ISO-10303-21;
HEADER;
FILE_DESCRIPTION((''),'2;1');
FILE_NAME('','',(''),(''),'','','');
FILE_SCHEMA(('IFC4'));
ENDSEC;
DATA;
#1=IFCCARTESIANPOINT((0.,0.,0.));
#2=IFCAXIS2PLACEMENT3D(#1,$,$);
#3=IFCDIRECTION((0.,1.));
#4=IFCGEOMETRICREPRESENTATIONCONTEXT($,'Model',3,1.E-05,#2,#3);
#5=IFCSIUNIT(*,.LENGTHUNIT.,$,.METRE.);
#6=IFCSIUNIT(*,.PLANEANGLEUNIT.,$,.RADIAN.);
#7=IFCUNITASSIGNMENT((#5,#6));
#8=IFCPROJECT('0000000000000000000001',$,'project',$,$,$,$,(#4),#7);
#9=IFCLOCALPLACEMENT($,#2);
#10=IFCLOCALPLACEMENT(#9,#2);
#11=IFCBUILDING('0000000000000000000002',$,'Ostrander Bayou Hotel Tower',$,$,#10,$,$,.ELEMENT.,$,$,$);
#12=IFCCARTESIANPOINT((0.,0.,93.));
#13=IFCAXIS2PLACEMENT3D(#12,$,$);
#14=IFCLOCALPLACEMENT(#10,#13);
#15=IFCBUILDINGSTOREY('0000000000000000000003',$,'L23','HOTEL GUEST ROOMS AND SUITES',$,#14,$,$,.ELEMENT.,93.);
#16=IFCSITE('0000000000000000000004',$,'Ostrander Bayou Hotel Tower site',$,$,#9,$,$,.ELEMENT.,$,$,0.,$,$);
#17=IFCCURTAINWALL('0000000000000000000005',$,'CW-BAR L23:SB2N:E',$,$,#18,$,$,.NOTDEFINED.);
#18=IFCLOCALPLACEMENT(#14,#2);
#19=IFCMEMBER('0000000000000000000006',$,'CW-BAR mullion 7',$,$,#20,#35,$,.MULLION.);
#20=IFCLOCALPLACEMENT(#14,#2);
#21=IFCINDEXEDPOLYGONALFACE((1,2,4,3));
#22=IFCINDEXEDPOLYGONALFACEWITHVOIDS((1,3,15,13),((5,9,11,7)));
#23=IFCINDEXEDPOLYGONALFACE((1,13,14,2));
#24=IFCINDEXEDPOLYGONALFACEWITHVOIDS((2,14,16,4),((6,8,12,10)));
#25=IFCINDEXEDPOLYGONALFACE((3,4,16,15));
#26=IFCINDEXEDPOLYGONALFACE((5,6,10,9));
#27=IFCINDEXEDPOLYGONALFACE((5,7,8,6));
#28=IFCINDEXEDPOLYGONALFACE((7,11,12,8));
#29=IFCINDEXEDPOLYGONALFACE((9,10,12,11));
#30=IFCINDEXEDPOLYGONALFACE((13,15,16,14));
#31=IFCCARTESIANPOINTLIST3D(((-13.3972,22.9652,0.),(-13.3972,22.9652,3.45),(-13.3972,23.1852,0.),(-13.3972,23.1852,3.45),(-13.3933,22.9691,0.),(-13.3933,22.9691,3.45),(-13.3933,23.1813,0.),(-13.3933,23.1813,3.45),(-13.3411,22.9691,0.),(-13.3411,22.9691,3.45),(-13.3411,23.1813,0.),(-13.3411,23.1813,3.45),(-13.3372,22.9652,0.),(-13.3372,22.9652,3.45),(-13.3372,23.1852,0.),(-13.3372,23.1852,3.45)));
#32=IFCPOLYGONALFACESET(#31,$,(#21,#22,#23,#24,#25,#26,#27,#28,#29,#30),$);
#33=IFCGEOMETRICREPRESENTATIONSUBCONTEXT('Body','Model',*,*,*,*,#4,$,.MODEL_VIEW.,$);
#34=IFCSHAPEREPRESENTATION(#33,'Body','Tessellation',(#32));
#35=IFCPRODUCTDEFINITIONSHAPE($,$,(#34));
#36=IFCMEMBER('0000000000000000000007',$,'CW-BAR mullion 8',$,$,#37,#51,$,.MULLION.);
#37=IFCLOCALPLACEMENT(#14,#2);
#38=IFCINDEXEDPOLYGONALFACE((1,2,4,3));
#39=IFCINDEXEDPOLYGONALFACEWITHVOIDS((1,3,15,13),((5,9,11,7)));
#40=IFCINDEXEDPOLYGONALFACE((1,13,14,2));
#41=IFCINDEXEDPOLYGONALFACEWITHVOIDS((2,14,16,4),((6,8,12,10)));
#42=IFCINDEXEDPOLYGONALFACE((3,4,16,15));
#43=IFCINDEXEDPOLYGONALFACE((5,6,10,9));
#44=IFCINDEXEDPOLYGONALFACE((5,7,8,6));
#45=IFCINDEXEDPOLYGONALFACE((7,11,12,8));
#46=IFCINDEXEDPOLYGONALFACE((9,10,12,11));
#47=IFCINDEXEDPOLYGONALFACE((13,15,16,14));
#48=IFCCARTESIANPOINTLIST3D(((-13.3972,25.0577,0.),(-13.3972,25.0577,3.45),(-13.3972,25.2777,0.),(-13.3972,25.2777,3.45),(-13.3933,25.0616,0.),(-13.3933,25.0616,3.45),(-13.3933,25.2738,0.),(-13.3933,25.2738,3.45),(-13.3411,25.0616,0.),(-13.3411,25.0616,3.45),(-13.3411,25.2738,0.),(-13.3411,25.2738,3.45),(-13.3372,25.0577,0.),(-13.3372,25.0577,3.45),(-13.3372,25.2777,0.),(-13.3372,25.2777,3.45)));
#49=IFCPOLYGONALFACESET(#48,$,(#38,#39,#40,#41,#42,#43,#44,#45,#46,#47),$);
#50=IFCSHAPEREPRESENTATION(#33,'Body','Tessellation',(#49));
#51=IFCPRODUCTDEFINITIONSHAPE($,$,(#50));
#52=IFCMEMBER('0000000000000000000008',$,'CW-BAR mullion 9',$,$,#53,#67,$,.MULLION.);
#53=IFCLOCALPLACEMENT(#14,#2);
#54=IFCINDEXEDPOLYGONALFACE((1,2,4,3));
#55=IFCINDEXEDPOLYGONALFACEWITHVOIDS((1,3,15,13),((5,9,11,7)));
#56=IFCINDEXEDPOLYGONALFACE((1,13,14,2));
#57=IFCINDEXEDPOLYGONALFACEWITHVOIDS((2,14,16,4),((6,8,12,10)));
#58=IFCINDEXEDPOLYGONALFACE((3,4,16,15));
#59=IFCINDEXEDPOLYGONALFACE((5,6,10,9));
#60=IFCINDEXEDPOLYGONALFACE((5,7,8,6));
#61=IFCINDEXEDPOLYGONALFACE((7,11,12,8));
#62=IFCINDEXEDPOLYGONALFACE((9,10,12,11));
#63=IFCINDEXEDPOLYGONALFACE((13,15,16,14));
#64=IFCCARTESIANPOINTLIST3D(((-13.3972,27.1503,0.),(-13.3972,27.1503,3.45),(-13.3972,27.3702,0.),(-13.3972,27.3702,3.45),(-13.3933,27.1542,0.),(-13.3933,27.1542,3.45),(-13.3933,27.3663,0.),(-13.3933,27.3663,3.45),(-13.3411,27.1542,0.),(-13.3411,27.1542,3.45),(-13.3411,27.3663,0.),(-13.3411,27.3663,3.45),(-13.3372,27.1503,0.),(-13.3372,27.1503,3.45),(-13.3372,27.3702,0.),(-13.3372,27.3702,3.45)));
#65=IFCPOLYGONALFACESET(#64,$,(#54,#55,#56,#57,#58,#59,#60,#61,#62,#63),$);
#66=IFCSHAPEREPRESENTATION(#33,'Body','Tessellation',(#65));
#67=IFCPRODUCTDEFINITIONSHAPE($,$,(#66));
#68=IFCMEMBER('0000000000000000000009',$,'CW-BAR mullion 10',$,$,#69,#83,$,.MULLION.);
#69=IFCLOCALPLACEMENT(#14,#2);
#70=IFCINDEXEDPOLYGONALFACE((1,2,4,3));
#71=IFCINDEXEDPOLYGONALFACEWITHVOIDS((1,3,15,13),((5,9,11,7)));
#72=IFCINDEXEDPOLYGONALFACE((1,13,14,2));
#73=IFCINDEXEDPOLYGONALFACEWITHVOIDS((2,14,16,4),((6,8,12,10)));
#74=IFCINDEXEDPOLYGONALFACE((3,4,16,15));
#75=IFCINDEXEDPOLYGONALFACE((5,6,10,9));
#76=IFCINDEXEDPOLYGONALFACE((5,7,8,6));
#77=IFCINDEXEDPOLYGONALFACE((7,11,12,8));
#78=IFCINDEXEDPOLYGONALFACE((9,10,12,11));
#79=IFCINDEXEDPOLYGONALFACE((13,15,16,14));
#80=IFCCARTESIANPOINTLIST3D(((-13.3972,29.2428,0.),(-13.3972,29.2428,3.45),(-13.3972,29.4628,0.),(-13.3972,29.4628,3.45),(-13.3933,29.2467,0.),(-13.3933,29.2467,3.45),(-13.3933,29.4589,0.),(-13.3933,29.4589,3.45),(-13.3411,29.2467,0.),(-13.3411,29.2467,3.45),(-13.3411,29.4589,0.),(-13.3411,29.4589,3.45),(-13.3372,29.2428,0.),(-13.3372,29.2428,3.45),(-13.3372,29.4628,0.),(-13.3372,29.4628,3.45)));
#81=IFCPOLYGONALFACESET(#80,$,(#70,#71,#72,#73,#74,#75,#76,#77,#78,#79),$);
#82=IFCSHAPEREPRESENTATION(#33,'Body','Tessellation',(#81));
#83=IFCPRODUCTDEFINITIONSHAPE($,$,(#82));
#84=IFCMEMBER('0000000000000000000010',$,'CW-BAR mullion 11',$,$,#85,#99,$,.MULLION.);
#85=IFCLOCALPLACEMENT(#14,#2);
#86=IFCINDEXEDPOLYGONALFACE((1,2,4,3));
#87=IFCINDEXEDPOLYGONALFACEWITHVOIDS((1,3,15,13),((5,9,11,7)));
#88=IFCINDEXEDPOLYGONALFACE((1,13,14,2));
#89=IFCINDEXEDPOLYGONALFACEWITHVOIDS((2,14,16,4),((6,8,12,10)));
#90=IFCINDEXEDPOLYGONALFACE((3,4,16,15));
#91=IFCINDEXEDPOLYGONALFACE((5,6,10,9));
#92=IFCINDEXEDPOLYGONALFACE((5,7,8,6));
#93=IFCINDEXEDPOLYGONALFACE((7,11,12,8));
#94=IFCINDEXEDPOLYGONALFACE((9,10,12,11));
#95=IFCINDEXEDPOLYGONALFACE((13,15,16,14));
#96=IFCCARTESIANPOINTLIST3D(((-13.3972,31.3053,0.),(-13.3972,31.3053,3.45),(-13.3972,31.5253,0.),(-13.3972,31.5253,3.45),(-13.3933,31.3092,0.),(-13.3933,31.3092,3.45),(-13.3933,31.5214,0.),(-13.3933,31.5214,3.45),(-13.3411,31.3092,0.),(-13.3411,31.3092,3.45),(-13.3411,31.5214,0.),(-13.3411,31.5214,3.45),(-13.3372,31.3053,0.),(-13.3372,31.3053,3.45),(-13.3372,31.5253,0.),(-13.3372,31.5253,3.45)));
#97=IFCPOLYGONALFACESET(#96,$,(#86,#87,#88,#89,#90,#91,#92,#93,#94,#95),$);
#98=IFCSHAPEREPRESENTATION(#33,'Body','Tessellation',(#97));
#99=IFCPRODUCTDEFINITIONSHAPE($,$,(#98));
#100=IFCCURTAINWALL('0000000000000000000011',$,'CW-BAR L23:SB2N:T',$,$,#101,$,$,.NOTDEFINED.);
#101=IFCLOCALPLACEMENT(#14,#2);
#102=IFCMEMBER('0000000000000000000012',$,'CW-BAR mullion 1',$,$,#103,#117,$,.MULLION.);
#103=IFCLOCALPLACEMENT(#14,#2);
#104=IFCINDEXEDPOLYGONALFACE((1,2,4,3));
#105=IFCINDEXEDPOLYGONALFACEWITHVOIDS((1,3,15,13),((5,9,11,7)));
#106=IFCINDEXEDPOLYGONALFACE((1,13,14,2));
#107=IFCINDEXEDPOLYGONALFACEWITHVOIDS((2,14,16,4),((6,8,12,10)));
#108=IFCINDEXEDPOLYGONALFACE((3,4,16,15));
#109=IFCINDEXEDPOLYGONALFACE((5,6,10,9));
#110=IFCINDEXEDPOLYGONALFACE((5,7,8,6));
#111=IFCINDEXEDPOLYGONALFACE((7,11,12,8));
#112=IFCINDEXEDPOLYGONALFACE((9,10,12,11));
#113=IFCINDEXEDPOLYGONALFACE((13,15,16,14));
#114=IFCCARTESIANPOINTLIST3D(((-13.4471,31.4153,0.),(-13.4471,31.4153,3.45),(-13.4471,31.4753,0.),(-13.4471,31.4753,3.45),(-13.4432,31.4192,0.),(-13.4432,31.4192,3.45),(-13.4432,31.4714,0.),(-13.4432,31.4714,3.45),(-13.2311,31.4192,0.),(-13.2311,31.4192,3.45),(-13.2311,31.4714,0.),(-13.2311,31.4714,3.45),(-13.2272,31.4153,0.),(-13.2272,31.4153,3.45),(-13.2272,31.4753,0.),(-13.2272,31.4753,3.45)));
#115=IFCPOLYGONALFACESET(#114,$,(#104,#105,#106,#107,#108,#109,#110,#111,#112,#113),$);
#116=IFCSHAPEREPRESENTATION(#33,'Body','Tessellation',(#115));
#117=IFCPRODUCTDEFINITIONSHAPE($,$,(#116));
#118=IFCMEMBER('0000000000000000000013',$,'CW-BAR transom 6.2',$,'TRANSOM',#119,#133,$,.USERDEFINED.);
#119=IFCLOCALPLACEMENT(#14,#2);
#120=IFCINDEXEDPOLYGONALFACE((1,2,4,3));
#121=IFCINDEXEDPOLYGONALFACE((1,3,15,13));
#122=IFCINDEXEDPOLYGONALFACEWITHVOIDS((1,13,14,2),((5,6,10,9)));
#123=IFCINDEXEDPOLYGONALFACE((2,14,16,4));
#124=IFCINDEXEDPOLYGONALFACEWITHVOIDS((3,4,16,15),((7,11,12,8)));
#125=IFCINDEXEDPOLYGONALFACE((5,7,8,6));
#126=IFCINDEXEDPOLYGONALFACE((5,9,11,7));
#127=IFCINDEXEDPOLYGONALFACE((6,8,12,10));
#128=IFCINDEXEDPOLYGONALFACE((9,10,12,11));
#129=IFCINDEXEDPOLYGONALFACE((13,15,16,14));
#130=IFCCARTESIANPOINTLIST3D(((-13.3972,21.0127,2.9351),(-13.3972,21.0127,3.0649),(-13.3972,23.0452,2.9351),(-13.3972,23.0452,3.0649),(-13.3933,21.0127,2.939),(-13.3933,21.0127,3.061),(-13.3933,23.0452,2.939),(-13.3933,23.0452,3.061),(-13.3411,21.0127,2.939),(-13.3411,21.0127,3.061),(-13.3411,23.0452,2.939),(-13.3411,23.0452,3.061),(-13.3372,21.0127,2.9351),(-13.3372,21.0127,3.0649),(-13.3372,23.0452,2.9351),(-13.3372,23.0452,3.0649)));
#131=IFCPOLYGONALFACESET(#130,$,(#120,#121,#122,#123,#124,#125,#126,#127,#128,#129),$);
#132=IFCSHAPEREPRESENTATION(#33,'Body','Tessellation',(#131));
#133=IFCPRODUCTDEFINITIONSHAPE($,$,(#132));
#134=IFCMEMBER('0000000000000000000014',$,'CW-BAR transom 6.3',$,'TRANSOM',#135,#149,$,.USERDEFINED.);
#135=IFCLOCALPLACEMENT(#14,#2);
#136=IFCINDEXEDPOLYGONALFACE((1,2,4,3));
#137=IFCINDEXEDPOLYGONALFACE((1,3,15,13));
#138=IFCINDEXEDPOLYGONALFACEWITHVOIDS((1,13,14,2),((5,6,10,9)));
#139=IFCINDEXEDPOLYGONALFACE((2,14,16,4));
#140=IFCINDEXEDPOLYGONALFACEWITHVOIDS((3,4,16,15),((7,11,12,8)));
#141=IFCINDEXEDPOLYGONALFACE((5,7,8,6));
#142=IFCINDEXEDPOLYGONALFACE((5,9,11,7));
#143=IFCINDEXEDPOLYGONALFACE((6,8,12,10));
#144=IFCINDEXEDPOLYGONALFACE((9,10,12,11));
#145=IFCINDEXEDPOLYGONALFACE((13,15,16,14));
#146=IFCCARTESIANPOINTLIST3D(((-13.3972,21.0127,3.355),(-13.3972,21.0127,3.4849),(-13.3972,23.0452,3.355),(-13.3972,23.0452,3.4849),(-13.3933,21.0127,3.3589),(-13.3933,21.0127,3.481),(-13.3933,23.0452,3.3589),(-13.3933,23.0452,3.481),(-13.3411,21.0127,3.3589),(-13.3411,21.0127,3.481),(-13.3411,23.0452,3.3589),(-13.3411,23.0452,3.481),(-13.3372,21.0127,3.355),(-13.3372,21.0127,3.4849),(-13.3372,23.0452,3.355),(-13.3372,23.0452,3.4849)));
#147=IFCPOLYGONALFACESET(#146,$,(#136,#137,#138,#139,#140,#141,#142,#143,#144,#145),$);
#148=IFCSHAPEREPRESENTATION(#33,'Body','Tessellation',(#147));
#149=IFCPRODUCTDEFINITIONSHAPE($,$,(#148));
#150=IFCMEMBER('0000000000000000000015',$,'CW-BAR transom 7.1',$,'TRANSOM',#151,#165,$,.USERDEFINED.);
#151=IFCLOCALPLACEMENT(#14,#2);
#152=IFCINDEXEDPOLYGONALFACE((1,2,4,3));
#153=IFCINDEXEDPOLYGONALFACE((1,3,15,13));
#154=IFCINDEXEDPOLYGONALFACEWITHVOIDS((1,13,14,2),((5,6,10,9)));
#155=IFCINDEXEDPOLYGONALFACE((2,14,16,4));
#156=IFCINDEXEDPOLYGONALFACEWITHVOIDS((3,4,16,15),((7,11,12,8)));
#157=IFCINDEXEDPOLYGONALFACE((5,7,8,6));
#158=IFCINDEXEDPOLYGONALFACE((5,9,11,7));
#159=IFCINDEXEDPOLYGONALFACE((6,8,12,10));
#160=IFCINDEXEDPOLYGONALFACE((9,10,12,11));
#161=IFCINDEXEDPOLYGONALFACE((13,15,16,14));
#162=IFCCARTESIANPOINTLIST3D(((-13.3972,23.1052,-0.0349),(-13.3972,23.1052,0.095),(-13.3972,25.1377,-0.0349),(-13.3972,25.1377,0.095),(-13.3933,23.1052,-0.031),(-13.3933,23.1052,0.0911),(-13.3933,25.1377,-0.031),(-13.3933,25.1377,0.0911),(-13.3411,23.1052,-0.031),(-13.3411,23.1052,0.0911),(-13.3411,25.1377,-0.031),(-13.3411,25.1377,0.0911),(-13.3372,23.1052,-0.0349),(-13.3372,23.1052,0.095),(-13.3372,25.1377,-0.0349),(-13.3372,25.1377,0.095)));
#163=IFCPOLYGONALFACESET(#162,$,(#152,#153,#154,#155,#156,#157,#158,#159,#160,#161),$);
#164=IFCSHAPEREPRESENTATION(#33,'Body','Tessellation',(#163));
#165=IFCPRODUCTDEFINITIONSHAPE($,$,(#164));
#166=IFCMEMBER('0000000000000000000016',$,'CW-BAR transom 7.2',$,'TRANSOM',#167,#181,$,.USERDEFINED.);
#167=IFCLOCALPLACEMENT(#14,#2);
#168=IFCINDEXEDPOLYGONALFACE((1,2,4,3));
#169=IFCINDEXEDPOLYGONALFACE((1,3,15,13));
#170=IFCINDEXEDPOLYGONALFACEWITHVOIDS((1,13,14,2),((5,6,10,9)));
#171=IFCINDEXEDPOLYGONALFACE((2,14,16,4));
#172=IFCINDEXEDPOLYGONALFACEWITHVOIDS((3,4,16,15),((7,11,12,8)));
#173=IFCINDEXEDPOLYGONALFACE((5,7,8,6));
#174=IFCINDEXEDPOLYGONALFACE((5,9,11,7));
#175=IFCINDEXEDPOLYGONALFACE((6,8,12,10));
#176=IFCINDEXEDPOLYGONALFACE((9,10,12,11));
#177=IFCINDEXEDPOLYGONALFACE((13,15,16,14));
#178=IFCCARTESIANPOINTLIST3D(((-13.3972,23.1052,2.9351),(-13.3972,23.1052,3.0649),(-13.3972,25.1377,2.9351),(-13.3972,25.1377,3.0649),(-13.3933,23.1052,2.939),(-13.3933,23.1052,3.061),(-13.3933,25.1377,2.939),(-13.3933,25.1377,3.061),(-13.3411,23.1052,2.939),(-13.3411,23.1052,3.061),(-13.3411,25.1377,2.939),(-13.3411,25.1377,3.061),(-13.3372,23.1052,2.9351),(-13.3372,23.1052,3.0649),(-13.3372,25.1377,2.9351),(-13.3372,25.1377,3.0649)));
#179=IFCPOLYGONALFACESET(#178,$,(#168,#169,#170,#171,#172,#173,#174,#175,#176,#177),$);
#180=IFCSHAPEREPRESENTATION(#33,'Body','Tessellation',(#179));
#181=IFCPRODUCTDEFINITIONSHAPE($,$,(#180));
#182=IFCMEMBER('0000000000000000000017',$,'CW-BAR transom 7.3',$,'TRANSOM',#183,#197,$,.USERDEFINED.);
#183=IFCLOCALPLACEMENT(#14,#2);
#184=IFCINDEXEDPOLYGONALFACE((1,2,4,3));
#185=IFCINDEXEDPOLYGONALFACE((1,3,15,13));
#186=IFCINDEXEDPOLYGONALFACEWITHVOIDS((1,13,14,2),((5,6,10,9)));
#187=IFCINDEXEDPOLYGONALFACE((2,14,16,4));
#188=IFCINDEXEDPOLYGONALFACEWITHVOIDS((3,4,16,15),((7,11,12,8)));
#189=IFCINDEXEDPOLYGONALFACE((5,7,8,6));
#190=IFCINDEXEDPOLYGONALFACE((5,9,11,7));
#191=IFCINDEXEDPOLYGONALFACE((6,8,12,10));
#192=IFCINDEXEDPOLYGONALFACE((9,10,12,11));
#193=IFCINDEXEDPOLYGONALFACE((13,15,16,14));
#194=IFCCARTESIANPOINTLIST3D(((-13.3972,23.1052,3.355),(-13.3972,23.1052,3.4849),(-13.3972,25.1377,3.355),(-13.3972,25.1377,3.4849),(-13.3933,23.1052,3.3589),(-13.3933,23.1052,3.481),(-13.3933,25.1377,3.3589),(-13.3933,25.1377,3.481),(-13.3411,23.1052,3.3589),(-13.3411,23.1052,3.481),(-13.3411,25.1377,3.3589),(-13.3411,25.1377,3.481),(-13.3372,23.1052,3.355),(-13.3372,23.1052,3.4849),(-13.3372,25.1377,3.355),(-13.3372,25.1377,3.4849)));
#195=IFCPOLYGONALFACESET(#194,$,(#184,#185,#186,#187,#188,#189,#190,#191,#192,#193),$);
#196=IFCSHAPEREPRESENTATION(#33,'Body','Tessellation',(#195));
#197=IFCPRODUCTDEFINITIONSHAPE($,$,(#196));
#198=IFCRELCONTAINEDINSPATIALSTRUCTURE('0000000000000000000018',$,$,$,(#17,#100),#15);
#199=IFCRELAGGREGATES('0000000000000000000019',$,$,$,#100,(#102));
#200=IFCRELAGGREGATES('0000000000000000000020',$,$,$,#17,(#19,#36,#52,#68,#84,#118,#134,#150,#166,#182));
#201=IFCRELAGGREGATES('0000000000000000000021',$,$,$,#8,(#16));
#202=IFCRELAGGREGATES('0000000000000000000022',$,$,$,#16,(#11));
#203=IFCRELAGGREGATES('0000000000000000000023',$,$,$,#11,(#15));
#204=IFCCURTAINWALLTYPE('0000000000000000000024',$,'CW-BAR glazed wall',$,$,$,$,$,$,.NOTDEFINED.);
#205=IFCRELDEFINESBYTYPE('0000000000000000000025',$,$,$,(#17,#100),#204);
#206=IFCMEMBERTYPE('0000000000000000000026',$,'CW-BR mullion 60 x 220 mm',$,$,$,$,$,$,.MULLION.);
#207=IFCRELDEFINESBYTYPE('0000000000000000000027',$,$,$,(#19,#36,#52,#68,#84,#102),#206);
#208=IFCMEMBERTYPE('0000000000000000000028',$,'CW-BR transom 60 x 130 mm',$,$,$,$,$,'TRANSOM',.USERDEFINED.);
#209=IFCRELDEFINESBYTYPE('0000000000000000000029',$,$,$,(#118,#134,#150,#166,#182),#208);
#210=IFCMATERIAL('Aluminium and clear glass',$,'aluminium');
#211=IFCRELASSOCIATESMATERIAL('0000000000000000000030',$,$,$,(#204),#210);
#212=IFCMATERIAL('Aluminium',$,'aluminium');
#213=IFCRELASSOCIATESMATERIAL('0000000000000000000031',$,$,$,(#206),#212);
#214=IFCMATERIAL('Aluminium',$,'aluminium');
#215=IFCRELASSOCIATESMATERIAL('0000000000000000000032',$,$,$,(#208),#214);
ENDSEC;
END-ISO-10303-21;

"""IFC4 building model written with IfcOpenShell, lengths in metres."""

from ifc_helpers import new_model, si_unit, direction, frame, origin, origin_2d, place, context, subcontext, project, spatial, hollow_rectangle, extrude, material, material_profile, profile_set, type_object, element, aggregate, save


model = new_model("IFC4")

# Units and contexts
model_context = context("Model", 3, precision=1e-05, world=origin(), true_north=direction((0.0, 1.0)))
body_context = subcontext(model_context, "Body", "Model", "MODEL_VIEW")
ifc_project = project(units=[si_unit("LENGTHUNIT", "METRE"), si_unit("PLANEANGLEUNIT", "RADIAN")], contexts=[model_context])

# Site, building, storey
site_placement = place(None, origin())
site = spatial("IfcSite", under=ifc_project, at=site_placement, Name="Ostrander Bayou Hotel Tower site", CompositionType="ELEMENT", RefElevation=0.0)
building_placement = place(site_placement, origin())
building = spatial("IfcBuilding", under=site, at=building_placement, Name="Ostrander Bayou Hotel Tower", CompositionType="ELEMENT")
storey_placement = place(building_placement, frame((0.0, 0.0, 93.0)))
storey = spatial("IfcBuildingStorey", under=building, at=storey_placement, Name="L23", Description="HOTEL GUEST ROOMS AND SUITES", CompositionType="ELEMENT", Elevation=93.0)

# Curtain wall, members
ifc_material_1 = material(Name="Aluminium and clear glass", Category="aluminium")
curtain_wall_type = type_object("IfcCurtainWallType", Name="CW-BAR glazed wall", PredefinedType="NOTDEFINED", material=ifc_material_1)
curtain_wall_1_placement = place(storey_placement, origin())
curtain_wall_1 = element("IfcCurtainWall", 1, at=curtain_wall_1_placement, inside=storey, type_object=curtain_wall_type, Name="CW-BAR L23:SB2N:E", PredefinedType="NOTDEFINED")
ifc_material_2 = material(Name="Aluminium", Category="aluminium")
ifc_material_profile_1 = material_profile(ifc_material_2, hollow_rectangle(XDim=0.0601, YDim=0.22, WallThickness=0.0039, at=origin_2d()))
ifc_profile_set_1 = profile_set([ifc_material_profile_1], Name="Aluminium")
member_type_1 = type_object("IfcMemberType", Name="CW-BR mullion 60 x 220 mm", PredefinedType="MULLION", material=ifc_profile_set_1)
member_1_placement = place(storey_placement, frame((-13.3672, 23.0752, 0.0), z_axis=(0.0, 0.0, 1.0), x_axis=(-1.0, 0.0, 0.0)))
member_1 = element("IfcMember", 2, at=member_1_placement, type_object=member_type_1, Name="CW-BAR mullion 7", PredefinedType="MULLION", context=body_context, shape_type="SweptSolid", body=[
    extrude(hollow_rectangle(XDim=0.0601, YDim=0.22, WallThickness=0.0039, at=origin_2d()), origin(), (0.0, 0.0, 1.0), 3.45),
])
member_2_placement = place(storey_placement, frame((-13.3672, 25.1677, 0.0), z_axis=(0.0, 0.0, 1.0), x_axis=(-1.0, 0.0, 0.0)))
member_2 = element("IfcMember", 3, at=member_2_placement, type_object=member_type_1, Name="CW-BAR mullion 8", PredefinedType="MULLION", context=body_context, shape_type="SweptSolid", body=[
    extrude(hollow_rectangle(XDim=0.0601, YDim=0.22, WallThickness=0.0039, at=origin_2d()), origin(), (0.0, 0.0, 1.0), 3.45),
])
member_3_placement = place(storey_placement, frame((-13.3672, 27.2603, 0.0), z_axis=(0.0, 0.0, 1.0), x_axis=(-1.0, 0.0, 0.0)))
member_3 = element("IfcMember", 4, at=member_3_placement, type_object=member_type_1, Name="CW-BAR mullion 9", PredefinedType="MULLION", context=body_context, shape_type="SweptSolid", body=[
    extrude(hollow_rectangle(XDim=0.0601, YDim=0.22, WallThickness=0.0039, at=origin_2d()), origin(), (0.0, 0.0, 1.0), 3.45),
])
member_4_placement = place(storey_placement, frame((-13.3672, 29.3528, 0.0), z_axis=(0.0, 0.0, 1.0), x_axis=(-1.0, 0.0, 0.0)))
member_4 = element("IfcMember", 5, at=member_4_placement, type_object=member_type_1, Name="CW-BAR mullion 10", PredefinedType="MULLION", context=body_context, shape_type="SweptSolid", body=[
    extrude(hollow_rectangle(XDim=0.0601, YDim=0.22, WallThickness=0.0039, at=origin_2d()), origin(), (0.0, 0.0, 1.0), 3.45),
])
member_5_placement = place(storey_placement, frame((-13.3672, 31.4153, 0.0), z_axis=(0.0, 0.0, 1.0), x_axis=(-1.0, 0.0, 0.0)))
member_5 = element("IfcMember", 6, at=member_5_placement, type_object=member_type_1, Name="CW-BAR mullion 11", PredefinedType="MULLION", context=body_context, shape_type="SweptSolid", body=[
    extrude(hollow_rectangle(XDim=0.0601, YDim=0.22, WallThickness=0.0039, at=origin_2d()), origin(), (0.0, 0.0, 1.0), 3.45),
])

# Curtain wall, member
curtain_wall_2_placement = place(storey_placement, origin())
curtain_wall_2 = element("IfcCurtainWall", 7, at=curtain_wall_2_placement, inside=storey, type_object=curtain_wall_type, Name="CW-BAR L23:SB2N:T", PredefinedType="NOTDEFINED")
member_6_placement = place(storey_placement, frame((-13.3372, 31.4453, 0.0), z_axis=(0.0, 0.0, 1.0), x_axis=(0.0, 1.0, 0.0)))
member_6 = element("IfcMember", 8, at=member_6_placement, type_object=member_type_1, Name="CW-BAR mullion 1", PredefinedType="MULLION", context=body_context, shape_type="SweptSolid", body=[
    extrude(hollow_rectangle(XDim=0.0601, YDim=0.22, WallThickness=0.0039, at=origin_2d()), origin(), (0.0, 0.0, 1.0), 3.45),
])
aggregate(curtain_wall_2, [member_6])

# Members
ifc_material_3 = material(Name="Aluminium", Category="aluminium")
ifc_material_profile_2 = material_profile(ifc_material_3, hollow_rectangle(XDim=0.0601, YDim=0.1299, WallThickness=0.0039, at=origin_2d()))
ifc_profile_set_2 = profile_set([ifc_material_profile_2], Name="Aluminium")
member_type_2 = type_object("IfcMemberType", Name="CW-BR transom 60 x 130 mm", ElementType="TRANSOM", PredefinedType="USERDEFINED", material=ifc_profile_set_2)
member_7_placement = place(storey_placement, frame((-13.3672, 21.0127, 3.0), z_axis=(0.0, 1.0, 0.0), x_axis=(-1.0, 0.0, 0.0)))
member_7 = element("IfcMember", 9, at=member_7_placement, type_object=member_type_2, Name="CW-BAR transom 6.2", ObjectType="TRANSOM", PredefinedType="USERDEFINED", context=body_context, shape_type="SweptSolid", body=[
    extrude(hollow_rectangle(XDim=0.0601, YDim=0.1299, WallThickness=0.0039, at=origin_2d()), origin(), (0.0, 0.0, 1.0), 2.0325),
])
member_8_placement = place(storey_placement, frame((-13.3672, 21.0127, 3.4199), z_axis=(0.0, 1.0, 0.0), x_axis=(-1.0, 0.0, 0.0)))
member_8 = element("IfcMember", 10, at=member_8_placement, type_object=member_type_2, Name="CW-BAR transom 6.3", ObjectType="TRANSOM", PredefinedType="USERDEFINED", context=body_context, shape_type="SweptSolid", body=[
    extrude(hollow_rectangle(XDim=0.0601, YDim=0.1299, WallThickness=0.0039, at=origin_2d()), origin(), (0.0, 0.0, 1.0), 2.0325),
])
member_9_placement = place(storey_placement, frame((-13.3672, 23.1052, 0.03), z_axis=(0.0, 1.0, 0.0), x_axis=(-1.0, 0.0, 0.0)))
member_9 = element("IfcMember", 11, at=member_9_placement, type_object=member_type_2, Name="CW-BAR transom 7.1", ObjectType="TRANSOM", PredefinedType="USERDEFINED", context=body_context, shape_type="SweptSolid", body=[
    extrude(hollow_rectangle(XDim=0.0601, YDim=0.1299, WallThickness=0.0039, at=origin_2d()), origin(), (0.0, 0.0, 1.0), 2.0325),
])
member_10_placement = place(storey_placement, frame((-13.3672, 23.1052, 3.0), z_axis=(0.0, 1.0, 0.0), x_axis=(-1.0, 0.0, 0.0)))
member_10 = element("IfcMember", 12, at=member_10_placement, type_object=member_type_2, Name="CW-BAR transom 7.2", ObjectType="TRANSOM", PredefinedType="USERDEFINED", context=body_context, shape_type="SweptSolid", body=[
    extrude(hollow_rectangle(XDim=0.0601, YDim=0.1299, WallThickness=0.0039, at=origin_2d()), origin(), (0.0, 0.0, 1.0), 2.0325),
])
member_11_placement = place(storey_placement, frame((-13.3672, 23.1052, 3.4199), z_axis=(0.0, 1.0, 0.0), x_axis=(-1.0, 0.0, 0.0)))
member_11 = element("IfcMember", 13, at=member_11_placement, type_object=member_type_2, Name="CW-BAR transom 7.3", ObjectType="TRANSOM", PredefinedType="USERDEFINED", context=body_context, shape_type="SweptSolid", body=[
    extrude(hollow_rectangle(XDim=0.0601, YDim=0.1299, WallThickness=0.0039, at=origin_2d()), origin(), (0.0, 0.0, 1.0), 2.0325),
])

aggregate(curtain_wall_1, [member_1, member_2, member_3, member_4, member_5, member_7, member_8, member_9, member_10, member_11])

save(model, "model.ifc")
